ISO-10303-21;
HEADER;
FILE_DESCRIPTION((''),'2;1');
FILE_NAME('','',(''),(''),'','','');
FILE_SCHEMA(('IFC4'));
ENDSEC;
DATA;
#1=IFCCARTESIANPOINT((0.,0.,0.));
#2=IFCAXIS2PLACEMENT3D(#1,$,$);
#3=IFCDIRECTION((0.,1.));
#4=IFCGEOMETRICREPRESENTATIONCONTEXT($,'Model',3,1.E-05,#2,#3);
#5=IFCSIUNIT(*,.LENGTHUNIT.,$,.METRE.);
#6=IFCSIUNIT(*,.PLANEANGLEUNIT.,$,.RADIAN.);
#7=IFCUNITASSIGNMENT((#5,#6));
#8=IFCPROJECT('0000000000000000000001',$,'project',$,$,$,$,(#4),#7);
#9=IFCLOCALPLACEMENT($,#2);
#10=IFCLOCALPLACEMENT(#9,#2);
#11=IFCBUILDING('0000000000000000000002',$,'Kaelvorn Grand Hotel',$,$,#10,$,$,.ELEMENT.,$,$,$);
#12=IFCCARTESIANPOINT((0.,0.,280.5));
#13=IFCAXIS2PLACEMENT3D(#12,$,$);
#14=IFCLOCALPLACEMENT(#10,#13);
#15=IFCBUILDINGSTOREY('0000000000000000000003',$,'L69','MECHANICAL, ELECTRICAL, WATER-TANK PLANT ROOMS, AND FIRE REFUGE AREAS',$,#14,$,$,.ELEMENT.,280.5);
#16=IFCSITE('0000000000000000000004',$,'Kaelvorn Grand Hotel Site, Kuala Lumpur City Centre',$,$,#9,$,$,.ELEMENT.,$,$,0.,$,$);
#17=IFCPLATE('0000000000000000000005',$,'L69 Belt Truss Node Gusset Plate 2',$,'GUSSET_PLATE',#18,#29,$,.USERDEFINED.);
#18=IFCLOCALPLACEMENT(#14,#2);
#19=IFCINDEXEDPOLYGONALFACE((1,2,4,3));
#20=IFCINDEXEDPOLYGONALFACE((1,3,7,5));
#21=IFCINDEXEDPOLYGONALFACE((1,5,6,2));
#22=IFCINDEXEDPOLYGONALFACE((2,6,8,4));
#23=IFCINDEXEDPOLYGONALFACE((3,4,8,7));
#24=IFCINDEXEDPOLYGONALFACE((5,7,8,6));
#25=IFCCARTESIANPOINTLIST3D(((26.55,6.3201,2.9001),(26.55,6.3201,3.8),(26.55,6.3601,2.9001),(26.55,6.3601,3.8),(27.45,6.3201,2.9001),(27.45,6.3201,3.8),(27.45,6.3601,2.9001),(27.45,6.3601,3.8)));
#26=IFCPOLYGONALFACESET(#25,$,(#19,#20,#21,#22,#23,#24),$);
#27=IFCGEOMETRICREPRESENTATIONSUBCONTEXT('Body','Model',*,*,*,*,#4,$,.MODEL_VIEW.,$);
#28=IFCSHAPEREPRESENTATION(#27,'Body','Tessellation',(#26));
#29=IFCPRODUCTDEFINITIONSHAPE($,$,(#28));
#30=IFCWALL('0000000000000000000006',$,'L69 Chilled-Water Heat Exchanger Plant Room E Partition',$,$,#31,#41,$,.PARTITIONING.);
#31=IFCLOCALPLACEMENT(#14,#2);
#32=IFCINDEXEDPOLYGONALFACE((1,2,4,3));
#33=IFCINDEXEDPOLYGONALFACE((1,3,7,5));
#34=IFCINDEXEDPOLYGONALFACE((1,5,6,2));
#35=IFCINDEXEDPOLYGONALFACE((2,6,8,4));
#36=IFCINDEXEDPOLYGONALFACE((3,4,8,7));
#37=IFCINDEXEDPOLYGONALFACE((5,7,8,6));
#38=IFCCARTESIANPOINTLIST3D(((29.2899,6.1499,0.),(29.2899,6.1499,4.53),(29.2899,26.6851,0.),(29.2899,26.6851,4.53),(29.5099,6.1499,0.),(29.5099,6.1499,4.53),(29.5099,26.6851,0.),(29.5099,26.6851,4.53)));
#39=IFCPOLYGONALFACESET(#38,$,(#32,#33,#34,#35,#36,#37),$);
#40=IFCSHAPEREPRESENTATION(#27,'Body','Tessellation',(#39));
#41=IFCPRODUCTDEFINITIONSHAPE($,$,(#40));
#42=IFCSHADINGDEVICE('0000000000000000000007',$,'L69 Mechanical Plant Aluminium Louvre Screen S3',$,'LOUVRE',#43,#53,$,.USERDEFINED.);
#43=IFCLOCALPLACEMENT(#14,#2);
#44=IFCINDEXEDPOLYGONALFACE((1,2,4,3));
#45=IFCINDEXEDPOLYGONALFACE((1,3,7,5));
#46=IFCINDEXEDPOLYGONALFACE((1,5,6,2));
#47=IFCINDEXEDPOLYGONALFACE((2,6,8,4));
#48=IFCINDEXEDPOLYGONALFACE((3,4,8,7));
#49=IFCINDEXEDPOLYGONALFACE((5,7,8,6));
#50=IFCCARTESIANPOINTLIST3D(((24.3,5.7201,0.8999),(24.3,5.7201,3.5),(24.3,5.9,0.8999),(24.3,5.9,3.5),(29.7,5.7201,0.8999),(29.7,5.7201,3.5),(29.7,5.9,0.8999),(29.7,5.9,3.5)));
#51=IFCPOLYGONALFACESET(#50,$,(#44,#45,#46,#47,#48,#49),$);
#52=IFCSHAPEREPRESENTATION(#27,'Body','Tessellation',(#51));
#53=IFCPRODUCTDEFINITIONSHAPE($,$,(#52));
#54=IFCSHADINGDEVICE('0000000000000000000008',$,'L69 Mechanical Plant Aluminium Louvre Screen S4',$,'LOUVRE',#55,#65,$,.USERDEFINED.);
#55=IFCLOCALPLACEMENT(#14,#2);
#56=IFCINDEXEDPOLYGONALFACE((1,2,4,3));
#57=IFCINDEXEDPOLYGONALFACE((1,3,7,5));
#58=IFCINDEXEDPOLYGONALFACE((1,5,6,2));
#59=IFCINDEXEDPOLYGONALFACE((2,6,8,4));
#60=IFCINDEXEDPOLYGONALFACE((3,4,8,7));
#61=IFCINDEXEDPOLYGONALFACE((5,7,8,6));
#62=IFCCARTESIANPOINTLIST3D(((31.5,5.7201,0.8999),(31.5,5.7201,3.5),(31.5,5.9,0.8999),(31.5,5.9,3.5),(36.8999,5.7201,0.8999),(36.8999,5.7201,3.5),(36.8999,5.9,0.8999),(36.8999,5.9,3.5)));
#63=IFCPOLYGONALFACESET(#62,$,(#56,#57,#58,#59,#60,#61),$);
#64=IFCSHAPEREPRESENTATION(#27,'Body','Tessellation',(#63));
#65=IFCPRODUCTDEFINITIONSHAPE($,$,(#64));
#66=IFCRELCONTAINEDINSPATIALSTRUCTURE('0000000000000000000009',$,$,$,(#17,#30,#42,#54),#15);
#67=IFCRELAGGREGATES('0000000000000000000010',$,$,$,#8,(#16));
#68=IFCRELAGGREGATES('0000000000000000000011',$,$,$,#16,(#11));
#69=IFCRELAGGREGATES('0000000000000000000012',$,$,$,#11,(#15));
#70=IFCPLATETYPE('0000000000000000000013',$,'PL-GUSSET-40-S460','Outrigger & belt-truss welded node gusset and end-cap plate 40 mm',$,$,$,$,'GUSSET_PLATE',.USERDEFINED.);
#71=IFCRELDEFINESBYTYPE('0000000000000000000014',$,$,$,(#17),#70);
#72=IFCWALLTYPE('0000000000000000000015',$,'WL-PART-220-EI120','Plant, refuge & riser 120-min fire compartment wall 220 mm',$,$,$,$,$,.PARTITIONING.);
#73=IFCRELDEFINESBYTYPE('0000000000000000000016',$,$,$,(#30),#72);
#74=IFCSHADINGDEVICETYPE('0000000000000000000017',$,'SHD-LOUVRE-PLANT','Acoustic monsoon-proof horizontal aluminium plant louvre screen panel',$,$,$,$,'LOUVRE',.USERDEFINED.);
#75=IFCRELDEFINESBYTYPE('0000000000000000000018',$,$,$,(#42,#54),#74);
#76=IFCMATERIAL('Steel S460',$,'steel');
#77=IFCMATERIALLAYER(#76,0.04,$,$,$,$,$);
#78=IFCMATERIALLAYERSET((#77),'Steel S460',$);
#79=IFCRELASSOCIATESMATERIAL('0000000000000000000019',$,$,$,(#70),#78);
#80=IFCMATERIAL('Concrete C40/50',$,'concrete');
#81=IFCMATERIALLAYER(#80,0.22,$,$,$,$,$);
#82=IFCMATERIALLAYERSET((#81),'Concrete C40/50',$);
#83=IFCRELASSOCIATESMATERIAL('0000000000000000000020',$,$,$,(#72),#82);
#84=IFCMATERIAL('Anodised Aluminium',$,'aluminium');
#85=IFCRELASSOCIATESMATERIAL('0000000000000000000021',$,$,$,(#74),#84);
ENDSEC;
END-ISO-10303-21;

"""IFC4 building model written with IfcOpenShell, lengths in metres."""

from ifc_helpers import new_model, si_unit, direction, frame, frame_2d, origin, origin_2d, place, context, subcontext, project, spatial, rectangle, extrude, material, layer, layer_set, type_object, element, save


model = new_model("IFC4")

# Units and contexts
model_context = context("Model", 3, precision=1e-05, world=origin(), true_north=direction((0.0, 1.0)))
body_context = subcontext(model_context, "Body", "Model", "MODEL_VIEW")
ifc_project = project(units=[si_unit("LENGTHUNIT", "METRE"), si_unit("PLANEANGLEUNIT", "RADIAN")], contexts=[model_context])

# Site, building, storey
site_placement = place(None, origin())
site = spatial("IfcSite", under=ifc_project, at=site_placement, Name="Kaelvorn Grand Hotel Site, Kuala Lumpur City Centre", CompositionType="ELEMENT", RefElevation=0.0)
building_placement = place(site_placement, origin())
building = spatial("IfcBuilding", under=site, at=building_placement, Name="Kaelvorn Grand Hotel", CompositionType="ELEMENT")
storey_placement = place(building_placement, frame((0.0, 0.0, 280.5)))
storey = spatial("IfcBuildingStorey", under=building, at=storey_placement, Name="L69", Description="MECHANICAL, ELECTRICAL, WATER-TANK PLANT ROOMS, AND FIRE REFUGE AREAS", CompositionType="ELEMENT", Elevation=280.5)

# Shared definitions
ifc_material_1 = material(Name="Steel S460", Category="steel")

# Plate
ifc_layer_1 = layer(ifc_material_1, 0.04)
ifc_layer_set_1 = layer_set([ifc_layer_1], Name="Steel S460")
plate_type = type_object("IfcPlateType", Name="PL-GUSSET-40-S460", Description="Outrigger & belt-truss welded node gusset and end-cap plate 40 mm", ElementType="GUSSET_PLATE", PredefinedType="USERDEFINED", material=ifc_layer_set_1)
plate_placement = place(storey_placement, frame((27.0, 6.3401, 2.9001), z_axis=(0.0, 0.0, 1.0), x_axis=(1.0, 0.0, 0.0)))
element("IfcPlate", 1, at=plate_placement, inside=storey, type_object=plate_type, Name="L69 Belt Truss Node Gusset Plate 2", ObjectType="GUSSET_PLATE", PredefinedType="USERDEFINED", context=body_context, shape_type="SweptSolid", body=[
    extrude(rectangle(XDim=0.8999, YDim=0.04, at=origin_2d()), origin(), (0.0, 0.0, 1.0), 0.8999),
])

# Wall
ifc_material_2 = material(Name="Concrete C40/50", Category="concrete")
ifc_layer_2 = layer(ifc_material_2, 0.22)
ifc_layer_set_2 = layer_set([ifc_layer_2], Name="Concrete C40/50")
wall_type = type_object("IfcWallType", Name="WL-PART-220-EI120", Description="Plant, refuge & riser 120-min fire compartment wall 220 mm", PredefinedType="PARTITIONING", material=ifc_layer_set_2)
wall_placement = place(storey_placement, frame((29.3999, 6.1499, 0.0), z_axis=(0.0, 0.0, 1.0), x_axis=(0.0, 1.0, 0.0)))
element("IfcWall", 2, at=wall_placement, inside=storey, type_object=wall_type, Name="L69 Chilled-Water Heat Exchanger Plant Room E Partition", PredefinedType="PARTITIONING", context=body_context, shape_type="SweptSolid", body=[
    extrude(rectangle(XDim=20.5352, YDim=0.22, at=frame_2d((10.2676, 0.0))), origin(), (0.0, 0.0, 1.0), 4.53),
])

# Shading devices
ifc_material_3 = material(Name="Anodised Aluminium", Category="aluminium")
shading_device_type = type_object("IfcShadingDeviceType", Name="SHD-LOUVRE-PLANT", Description="Acoustic monsoon-proof horizontal aluminium plant louvre screen panel", ElementType="LOUVRE", PredefinedType="USERDEFINED", material=ifc_material_3)
for number, where, z_axis, x_axis, name in (
    (3, (27.0, 5.8101, 0.8999), (0.0, 0.0, 1.0), (1.0, 0.0, 0.0), "L69 Mechanical Plant Aluminium Louvre Screen S3"),
    (4, (34.2, 5.8101, 0.8999), (0.0, 0.0, 1.0), (1.0, 0.0, 0.0), "L69 Mechanical Plant Aluminium Louvre Screen S4"),
):
    element("IfcShadingDevice", number, at=place(storey_placement, frame(where, z_axis=z_axis, x_axis=x_axis)), inside=storey, type_object=shading_device_type, Name=name, ObjectType="LOUVRE", PredefinedType="USERDEFINED", context=body_context, shape_type="SweptSolid", body=[
        extrude(rectangle(XDim=5.3999, YDim=0.1799, at=origin_2d()), origin(), (0.0, 0.0, 1.0), 2.6001),
    ])

save(model, "model.ifc")
